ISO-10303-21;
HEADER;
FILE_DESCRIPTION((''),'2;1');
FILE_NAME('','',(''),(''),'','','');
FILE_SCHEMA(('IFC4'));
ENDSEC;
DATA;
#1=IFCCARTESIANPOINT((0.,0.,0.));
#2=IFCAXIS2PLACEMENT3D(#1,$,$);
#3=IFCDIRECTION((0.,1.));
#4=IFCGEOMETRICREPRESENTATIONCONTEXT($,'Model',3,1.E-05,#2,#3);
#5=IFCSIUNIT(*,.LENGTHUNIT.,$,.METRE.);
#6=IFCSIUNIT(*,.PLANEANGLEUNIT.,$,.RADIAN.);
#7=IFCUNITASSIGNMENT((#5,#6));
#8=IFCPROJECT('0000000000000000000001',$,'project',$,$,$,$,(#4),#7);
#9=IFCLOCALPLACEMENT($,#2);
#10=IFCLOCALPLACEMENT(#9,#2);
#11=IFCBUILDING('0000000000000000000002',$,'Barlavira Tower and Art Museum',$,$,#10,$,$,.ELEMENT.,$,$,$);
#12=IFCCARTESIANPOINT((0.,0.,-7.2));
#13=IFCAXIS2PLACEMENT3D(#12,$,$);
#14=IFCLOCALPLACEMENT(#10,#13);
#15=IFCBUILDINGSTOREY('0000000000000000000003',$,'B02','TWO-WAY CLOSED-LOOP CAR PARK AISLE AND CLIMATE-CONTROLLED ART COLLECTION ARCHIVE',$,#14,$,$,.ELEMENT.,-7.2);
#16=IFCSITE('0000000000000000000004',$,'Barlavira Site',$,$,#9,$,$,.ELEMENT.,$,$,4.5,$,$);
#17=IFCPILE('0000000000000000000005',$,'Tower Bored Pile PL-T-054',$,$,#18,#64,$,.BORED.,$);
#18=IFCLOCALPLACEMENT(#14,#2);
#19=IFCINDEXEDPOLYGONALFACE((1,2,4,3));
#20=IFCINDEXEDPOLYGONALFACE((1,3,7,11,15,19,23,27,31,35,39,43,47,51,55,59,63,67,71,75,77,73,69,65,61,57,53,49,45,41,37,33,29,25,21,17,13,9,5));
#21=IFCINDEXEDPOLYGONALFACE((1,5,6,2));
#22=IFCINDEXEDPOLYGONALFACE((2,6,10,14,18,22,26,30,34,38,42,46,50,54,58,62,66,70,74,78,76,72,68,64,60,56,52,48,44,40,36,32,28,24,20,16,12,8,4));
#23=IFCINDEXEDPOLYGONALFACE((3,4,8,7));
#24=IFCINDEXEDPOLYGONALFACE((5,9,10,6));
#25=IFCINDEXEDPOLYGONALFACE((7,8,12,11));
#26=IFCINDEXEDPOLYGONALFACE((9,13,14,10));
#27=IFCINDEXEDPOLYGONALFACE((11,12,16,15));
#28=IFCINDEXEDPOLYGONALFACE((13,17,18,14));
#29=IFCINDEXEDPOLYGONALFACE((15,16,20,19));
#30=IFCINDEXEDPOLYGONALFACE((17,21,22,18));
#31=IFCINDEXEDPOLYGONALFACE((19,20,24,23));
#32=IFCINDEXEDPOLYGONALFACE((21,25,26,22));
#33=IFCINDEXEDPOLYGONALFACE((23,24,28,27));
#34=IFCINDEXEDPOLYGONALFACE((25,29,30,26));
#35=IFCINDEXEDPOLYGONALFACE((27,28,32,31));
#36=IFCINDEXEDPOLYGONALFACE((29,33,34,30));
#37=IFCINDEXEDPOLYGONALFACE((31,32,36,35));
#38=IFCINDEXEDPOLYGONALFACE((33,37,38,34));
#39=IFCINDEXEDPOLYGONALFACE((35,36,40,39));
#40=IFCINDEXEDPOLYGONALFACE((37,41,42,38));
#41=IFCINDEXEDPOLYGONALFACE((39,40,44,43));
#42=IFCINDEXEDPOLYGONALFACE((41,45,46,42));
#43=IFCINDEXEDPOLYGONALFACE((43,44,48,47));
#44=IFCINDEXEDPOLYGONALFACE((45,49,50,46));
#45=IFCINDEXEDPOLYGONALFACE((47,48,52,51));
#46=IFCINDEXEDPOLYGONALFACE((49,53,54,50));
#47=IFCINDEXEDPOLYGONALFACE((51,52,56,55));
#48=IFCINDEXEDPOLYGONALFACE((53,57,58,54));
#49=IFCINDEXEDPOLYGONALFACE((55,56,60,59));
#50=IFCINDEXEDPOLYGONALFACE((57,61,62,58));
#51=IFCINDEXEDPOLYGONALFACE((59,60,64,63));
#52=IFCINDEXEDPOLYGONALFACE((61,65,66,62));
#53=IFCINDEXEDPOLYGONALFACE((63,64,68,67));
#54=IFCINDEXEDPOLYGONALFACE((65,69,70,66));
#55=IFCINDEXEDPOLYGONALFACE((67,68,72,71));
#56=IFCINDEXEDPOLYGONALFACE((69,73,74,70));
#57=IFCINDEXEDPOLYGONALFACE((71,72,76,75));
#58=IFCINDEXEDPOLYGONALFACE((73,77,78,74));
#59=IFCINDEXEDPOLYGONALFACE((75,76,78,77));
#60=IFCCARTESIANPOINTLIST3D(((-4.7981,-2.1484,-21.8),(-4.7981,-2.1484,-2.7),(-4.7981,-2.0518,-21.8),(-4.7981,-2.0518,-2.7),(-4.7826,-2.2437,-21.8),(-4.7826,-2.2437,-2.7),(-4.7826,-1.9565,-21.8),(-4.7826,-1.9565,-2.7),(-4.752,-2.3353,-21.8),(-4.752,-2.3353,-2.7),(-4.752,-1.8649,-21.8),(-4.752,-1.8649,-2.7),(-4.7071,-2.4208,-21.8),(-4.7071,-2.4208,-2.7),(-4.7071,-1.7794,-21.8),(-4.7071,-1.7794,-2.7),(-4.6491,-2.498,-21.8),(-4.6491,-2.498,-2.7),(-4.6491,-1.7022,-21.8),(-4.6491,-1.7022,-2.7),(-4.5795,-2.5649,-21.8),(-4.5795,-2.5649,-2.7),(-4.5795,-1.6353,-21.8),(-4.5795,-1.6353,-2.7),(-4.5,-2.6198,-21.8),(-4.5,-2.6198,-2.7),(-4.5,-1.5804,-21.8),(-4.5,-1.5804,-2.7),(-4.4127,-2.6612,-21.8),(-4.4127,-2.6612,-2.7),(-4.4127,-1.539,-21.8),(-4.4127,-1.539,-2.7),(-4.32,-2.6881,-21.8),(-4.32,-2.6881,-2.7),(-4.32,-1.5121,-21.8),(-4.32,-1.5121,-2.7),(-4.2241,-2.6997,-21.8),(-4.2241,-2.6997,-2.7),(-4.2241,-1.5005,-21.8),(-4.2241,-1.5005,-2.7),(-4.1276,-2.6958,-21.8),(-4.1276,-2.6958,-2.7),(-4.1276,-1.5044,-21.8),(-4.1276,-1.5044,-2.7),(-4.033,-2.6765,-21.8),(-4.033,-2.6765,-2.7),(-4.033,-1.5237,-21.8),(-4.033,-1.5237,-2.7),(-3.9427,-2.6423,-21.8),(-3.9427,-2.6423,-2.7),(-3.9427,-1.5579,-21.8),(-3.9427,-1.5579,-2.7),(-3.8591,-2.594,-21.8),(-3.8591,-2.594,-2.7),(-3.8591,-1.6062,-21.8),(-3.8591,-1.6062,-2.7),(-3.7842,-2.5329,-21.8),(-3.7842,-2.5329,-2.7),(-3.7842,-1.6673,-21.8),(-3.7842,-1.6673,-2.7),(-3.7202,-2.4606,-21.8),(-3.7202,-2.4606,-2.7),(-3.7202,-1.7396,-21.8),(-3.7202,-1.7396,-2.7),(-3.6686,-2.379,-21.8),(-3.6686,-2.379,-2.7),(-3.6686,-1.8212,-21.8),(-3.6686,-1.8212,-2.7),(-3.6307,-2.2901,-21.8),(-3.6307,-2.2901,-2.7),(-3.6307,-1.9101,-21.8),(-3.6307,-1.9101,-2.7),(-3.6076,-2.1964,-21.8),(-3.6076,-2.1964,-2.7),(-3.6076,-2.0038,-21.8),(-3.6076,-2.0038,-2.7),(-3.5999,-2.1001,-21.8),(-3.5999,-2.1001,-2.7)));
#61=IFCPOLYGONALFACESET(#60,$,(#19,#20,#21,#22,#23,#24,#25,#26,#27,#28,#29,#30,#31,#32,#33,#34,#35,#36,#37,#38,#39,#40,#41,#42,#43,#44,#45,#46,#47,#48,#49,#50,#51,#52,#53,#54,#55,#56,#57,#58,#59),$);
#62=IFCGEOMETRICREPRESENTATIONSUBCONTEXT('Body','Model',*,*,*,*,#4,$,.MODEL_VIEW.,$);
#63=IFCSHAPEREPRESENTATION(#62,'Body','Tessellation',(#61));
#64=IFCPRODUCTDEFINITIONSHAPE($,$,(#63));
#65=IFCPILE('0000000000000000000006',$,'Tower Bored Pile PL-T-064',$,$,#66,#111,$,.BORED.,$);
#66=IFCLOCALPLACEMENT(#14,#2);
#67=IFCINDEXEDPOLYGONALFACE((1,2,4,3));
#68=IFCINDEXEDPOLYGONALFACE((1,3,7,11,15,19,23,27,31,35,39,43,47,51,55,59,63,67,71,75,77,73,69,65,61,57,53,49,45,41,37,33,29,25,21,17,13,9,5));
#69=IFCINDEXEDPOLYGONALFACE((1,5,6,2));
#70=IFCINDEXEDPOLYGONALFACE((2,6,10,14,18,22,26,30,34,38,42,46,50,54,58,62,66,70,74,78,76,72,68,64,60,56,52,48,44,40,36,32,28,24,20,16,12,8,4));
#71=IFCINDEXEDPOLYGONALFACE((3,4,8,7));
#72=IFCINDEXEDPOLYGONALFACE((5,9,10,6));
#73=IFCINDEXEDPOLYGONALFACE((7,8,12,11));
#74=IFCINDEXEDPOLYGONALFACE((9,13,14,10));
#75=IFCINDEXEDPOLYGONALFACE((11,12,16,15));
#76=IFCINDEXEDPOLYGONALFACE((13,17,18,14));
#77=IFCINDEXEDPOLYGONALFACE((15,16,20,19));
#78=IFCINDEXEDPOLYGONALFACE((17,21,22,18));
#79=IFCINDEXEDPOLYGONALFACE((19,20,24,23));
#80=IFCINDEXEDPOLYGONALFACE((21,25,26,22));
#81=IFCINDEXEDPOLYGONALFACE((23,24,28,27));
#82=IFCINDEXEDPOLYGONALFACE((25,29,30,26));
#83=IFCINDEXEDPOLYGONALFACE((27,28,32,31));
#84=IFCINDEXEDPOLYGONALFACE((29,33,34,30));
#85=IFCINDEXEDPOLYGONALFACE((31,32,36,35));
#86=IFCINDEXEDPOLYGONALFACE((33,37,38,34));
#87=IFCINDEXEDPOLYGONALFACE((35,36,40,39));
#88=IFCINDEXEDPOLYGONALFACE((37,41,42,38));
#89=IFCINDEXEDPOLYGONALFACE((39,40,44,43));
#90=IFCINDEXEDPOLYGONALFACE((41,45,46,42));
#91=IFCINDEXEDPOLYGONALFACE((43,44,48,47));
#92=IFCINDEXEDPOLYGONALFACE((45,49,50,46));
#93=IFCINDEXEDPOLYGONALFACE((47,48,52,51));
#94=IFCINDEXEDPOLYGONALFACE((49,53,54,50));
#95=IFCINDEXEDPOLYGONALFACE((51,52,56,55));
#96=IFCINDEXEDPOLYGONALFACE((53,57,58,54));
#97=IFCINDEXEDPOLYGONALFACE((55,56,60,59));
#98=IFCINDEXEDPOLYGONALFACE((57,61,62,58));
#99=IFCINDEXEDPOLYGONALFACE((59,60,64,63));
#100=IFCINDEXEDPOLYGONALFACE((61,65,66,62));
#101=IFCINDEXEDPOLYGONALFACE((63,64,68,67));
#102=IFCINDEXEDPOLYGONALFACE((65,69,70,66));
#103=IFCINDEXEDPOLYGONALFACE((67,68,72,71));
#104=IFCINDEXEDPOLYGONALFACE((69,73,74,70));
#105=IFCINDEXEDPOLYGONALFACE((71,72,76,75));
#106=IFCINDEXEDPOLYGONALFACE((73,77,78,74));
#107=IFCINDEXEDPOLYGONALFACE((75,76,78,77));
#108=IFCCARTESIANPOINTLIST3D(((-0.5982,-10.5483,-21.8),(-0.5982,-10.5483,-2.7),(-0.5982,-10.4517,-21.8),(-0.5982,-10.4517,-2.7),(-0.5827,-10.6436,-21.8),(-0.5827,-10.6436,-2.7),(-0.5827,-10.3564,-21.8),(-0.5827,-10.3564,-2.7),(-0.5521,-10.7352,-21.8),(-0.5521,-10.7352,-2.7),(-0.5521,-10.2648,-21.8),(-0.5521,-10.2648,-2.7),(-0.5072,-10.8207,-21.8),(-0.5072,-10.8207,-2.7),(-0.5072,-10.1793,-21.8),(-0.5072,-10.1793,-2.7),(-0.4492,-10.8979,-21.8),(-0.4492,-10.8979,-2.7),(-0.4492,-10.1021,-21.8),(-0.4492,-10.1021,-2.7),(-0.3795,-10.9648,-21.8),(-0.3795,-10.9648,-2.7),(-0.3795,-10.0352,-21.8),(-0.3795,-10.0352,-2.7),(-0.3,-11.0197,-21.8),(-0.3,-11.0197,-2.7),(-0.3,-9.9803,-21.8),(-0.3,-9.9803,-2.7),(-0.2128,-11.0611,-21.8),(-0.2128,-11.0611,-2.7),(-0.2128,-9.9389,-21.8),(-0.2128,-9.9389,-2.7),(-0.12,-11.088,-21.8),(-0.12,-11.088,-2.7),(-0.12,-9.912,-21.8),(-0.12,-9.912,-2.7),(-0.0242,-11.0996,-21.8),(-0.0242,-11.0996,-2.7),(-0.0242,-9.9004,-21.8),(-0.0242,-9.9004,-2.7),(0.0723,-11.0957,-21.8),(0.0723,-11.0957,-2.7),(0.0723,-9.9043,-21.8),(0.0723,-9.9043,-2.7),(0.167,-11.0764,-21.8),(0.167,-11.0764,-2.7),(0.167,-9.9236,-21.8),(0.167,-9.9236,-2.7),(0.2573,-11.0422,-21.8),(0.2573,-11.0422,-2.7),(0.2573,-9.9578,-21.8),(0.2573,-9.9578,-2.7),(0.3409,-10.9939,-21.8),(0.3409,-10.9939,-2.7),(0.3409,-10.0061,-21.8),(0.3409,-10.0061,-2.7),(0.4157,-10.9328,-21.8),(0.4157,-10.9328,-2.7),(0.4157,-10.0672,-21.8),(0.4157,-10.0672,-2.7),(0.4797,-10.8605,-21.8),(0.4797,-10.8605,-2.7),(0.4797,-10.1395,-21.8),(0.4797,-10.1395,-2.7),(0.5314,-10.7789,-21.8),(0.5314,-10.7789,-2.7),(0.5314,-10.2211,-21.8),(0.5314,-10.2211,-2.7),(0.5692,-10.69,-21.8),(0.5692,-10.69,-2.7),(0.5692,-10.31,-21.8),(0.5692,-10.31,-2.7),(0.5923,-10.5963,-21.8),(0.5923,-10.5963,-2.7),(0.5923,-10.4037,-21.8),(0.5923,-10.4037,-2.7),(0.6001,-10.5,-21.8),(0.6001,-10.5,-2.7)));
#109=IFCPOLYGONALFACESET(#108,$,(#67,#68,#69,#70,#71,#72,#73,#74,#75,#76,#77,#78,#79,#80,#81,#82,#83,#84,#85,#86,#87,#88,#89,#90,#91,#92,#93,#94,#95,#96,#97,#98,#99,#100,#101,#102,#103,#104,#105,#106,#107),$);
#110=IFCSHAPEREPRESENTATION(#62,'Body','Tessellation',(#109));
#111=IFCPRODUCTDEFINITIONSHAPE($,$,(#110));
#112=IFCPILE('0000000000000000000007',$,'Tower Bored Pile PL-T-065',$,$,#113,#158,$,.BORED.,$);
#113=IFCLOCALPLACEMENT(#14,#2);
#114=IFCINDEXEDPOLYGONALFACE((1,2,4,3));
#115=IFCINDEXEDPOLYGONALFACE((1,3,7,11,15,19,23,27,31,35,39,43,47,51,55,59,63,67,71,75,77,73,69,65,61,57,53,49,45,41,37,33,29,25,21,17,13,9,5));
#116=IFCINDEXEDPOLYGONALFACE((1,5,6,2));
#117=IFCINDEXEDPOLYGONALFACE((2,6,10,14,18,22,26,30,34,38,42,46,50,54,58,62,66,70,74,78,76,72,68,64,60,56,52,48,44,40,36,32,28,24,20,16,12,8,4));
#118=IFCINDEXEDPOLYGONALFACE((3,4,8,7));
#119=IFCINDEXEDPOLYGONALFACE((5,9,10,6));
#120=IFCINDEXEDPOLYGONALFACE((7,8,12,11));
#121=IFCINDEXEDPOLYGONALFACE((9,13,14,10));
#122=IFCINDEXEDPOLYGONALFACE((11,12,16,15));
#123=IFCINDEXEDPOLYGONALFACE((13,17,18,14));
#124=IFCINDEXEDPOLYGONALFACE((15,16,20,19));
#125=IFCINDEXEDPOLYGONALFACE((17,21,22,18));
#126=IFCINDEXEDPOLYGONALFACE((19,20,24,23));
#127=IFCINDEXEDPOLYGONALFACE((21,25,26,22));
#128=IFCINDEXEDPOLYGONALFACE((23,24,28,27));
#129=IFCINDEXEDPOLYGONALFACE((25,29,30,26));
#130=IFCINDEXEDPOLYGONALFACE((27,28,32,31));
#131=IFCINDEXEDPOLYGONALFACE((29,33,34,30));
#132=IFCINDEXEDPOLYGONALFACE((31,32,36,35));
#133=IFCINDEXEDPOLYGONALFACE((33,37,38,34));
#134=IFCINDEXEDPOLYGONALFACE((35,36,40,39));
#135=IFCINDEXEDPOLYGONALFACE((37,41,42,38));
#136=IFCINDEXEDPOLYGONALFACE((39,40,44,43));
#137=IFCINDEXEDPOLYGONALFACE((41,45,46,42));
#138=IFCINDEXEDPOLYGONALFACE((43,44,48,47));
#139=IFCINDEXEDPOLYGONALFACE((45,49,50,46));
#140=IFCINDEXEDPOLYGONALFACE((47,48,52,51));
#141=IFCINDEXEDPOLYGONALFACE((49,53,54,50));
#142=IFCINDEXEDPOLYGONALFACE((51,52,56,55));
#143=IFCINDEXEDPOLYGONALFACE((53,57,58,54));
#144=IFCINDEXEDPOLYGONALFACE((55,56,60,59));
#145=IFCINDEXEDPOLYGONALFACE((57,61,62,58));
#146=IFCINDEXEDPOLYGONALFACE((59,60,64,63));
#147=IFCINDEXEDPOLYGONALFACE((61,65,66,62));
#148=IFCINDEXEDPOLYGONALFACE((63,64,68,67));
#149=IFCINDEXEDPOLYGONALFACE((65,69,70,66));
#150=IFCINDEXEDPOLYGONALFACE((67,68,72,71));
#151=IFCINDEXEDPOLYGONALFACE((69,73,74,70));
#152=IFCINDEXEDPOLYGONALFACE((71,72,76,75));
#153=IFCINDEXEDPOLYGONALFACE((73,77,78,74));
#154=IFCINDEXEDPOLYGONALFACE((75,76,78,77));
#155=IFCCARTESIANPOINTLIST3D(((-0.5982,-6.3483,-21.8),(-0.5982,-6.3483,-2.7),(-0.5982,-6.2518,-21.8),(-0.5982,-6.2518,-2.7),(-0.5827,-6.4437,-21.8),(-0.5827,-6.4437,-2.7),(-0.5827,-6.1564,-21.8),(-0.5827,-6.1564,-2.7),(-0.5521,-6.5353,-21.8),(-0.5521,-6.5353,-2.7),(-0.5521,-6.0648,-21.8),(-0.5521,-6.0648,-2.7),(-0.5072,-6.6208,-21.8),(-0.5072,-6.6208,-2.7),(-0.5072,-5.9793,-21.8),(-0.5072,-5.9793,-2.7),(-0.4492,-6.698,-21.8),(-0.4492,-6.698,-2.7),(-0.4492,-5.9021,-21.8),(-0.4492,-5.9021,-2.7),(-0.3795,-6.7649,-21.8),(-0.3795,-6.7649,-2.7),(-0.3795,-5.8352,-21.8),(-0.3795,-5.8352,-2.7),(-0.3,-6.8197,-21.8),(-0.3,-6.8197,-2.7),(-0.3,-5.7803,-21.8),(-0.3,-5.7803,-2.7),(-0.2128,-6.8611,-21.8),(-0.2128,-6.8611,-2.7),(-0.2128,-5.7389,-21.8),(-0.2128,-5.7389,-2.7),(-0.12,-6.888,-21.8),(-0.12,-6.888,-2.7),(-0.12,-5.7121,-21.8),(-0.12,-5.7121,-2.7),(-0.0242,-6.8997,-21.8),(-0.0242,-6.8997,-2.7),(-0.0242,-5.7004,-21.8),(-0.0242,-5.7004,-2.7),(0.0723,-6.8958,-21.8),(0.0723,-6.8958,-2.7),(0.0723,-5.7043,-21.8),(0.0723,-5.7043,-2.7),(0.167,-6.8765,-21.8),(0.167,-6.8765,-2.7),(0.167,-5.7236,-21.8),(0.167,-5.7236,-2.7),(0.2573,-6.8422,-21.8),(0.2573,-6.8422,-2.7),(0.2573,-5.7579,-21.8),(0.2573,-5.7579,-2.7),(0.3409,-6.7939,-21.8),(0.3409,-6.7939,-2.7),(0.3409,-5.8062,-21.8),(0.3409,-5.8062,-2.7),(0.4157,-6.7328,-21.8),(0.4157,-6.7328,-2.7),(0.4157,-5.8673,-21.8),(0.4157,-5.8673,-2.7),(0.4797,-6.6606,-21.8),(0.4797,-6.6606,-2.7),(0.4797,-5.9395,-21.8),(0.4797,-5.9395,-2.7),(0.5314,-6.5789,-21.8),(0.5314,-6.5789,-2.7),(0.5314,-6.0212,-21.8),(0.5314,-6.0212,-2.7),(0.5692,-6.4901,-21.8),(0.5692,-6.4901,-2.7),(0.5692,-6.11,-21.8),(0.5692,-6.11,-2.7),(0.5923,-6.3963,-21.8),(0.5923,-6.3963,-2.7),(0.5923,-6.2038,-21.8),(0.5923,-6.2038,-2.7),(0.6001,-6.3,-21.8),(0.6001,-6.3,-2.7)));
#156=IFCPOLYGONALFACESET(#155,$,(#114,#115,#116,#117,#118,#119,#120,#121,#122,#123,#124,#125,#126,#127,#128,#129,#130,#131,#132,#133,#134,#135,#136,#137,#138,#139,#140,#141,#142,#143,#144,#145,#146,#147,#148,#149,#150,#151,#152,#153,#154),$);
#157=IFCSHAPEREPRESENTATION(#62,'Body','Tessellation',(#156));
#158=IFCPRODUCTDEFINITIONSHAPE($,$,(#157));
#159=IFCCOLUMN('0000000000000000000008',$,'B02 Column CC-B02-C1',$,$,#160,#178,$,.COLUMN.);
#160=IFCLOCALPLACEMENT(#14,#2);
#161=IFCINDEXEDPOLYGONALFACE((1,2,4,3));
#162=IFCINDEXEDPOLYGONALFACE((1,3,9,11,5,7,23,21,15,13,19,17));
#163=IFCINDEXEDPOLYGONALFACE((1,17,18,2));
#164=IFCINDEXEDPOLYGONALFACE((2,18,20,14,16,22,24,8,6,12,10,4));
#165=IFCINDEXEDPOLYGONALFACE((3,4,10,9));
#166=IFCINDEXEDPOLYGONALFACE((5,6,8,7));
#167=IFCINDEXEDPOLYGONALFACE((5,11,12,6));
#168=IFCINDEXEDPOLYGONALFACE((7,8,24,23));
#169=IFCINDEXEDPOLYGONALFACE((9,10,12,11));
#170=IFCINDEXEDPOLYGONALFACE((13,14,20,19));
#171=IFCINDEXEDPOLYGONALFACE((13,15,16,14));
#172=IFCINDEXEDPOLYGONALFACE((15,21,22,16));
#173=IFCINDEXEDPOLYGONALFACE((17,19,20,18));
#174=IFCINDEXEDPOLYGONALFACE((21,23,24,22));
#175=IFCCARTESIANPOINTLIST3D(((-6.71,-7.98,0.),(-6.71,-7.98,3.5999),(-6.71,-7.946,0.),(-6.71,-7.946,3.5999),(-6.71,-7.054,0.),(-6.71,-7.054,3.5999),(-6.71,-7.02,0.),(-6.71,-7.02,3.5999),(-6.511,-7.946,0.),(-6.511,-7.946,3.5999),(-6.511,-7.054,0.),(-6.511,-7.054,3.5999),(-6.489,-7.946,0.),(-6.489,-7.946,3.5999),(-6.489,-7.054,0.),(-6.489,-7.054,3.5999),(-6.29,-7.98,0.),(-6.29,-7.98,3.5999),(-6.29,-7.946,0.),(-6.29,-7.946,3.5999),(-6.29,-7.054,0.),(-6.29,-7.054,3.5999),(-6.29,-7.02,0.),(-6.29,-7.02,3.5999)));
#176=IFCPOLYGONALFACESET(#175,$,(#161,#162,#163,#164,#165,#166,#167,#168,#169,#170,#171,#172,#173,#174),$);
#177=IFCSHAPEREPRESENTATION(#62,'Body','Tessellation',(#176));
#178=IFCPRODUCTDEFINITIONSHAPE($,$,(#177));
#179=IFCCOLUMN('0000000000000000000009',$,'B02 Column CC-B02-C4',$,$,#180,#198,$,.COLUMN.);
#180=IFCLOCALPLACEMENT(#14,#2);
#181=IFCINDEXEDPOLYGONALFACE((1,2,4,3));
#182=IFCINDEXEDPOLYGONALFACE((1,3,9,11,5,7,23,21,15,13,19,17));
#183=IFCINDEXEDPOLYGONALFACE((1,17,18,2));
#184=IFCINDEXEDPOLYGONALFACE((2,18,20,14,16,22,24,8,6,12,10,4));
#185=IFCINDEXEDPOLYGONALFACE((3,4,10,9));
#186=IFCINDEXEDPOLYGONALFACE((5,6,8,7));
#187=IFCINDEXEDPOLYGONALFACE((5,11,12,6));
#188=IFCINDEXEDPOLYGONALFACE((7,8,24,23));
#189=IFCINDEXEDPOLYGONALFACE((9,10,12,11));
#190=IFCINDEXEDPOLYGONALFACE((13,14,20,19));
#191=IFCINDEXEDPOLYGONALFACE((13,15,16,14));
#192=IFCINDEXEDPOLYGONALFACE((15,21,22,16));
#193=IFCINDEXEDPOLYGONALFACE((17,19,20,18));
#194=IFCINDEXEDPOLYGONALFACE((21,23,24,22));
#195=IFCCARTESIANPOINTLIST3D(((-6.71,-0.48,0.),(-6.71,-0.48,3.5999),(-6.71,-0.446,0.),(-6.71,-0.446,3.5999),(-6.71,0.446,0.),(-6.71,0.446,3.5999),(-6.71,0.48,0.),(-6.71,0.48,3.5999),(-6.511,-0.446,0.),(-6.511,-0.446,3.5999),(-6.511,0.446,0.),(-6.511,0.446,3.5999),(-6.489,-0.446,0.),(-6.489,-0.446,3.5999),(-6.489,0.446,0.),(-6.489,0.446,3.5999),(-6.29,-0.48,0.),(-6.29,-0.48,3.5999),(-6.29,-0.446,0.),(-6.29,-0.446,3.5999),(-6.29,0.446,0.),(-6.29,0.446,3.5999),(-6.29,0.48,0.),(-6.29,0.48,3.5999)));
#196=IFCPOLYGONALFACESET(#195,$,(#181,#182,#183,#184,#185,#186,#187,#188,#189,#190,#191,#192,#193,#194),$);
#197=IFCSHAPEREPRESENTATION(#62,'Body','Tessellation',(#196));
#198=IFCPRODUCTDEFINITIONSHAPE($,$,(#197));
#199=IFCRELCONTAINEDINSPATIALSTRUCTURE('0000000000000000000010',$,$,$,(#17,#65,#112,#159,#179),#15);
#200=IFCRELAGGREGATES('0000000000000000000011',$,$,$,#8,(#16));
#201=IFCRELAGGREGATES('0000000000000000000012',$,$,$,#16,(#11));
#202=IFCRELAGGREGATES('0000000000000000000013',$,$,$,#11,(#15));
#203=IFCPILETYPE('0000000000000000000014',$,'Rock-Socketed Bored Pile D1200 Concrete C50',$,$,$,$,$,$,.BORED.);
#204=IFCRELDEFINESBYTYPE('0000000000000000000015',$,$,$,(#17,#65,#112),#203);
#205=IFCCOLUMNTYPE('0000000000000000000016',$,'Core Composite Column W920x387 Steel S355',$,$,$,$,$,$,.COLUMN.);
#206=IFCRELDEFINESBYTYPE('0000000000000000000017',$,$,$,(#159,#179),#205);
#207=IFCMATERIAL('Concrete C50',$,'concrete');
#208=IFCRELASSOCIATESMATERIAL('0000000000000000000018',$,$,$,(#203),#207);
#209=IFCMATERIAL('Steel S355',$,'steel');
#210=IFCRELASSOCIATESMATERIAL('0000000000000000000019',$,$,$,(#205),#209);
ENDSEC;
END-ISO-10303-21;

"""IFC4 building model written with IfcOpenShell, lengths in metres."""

from ifc_helpers import new_model, si_unit, direction, frame, origin, origin_2d, place, context, subcontext, project, spatial, circle, i_section, extrude, material, material_profile, profile_set, type_object, element, save


model = new_model("IFC4")

# Units and contexts
model_context = context("Model", 3, precision=1e-05, world=origin(), true_north=direction((0.0, 1.0)))
body_context = subcontext(model_context, "Body", "Model", "MODEL_VIEW")
ifc_project = project(units=[si_unit("LENGTHUNIT", "METRE"), si_unit("PLANEANGLEUNIT", "RADIAN")], contexts=[model_context])

# Site, building, storey
site_placement = place(None, origin())
site = spatial("IfcSite", under=ifc_project, at=site_placement, Name="Barlavira Site", CompositionType="ELEMENT", RefElevation=4.5)
building_placement = place(site_placement, origin())
building = spatial("IfcBuilding", under=site, at=building_placement, Name="Barlavira Tower and Art Museum", CompositionType="ELEMENT")
storey_placement = place(building_placement, frame((0.0, 0.0, -7.2)))
storey = spatial("IfcBuildingStorey", under=building, at=storey_placement, Name="B02", Description="TWO-WAY CLOSED-LOOP CAR PARK AISLE AND CLIMATE-CONTROLLED ART COLLECTION ARCHIVE", CompositionType="ELEMENT", Elevation=-7.2)

# Piles
ifc_material_1 = material(Name="Concrete C50", Category="concrete")
ifc_material_profile_1 = material_profile(ifc_material_1, circle(Radius=0.6001, at=origin_2d()), Name="BORED PILE D1200")
ifc_profile_set_1 = profile_set([ifc_material_profile_1], Name="Concrete C50")
pile_type = type_object("IfcPileType", Name="Rock-Socketed Bored Pile D1200 Concrete C50", PredefinedType="BORED", material=ifc_profile_set_1)
for number, where, z_axis, x_axis, name in (
    (1, (-4.2, -2.1001, -2.7), (0.0, 0.0, -1.0), (1.0, 0.0, 0.0), "Tower Bored Pile PL-T-054"),
    (2, (0.0, -10.5, -2.7), (0.0, 0.0, -1.0), (1.0, 0.0, 0.0), "Tower Bored Pile PL-T-064"),
    (3, (0.0, -6.3, -2.7), (0.0, 0.0, -1.0), (1.0, 0.0, 0.0), "Tower Bored Pile PL-T-065"),
):
    element("IfcPile", number, at=place(storey_placement, frame(where, z_axis=z_axis, x_axis=x_axis)), inside=storey, type_object=pile_type, Name=name, PredefinedType="BORED", context=body_context, shape_type="SweptSolid", body=[
        extrude(circle(Radius=0.6001, at=origin_2d()), origin(), (0.0, 0.0, 1.0), 19.1001),
    ])

# Columns
ifc_material_2 = material(Name="Steel S355", Category="steel")
ifc_material_profile_2 = material_profile(ifc_material_2, i_section(OverallWidth=0.4199, OverallDepth=0.96, WebThickness=0.022, FlangeThickness=0.0339, at=origin_2d()), Name="W920x387.0")
ifc_profile_set_2 = profile_set([ifc_material_profile_2], Name="Steel S355")
column_type_1 = type_object("IfcColumnType", Name="Core Composite Column W920x387 Steel S355", PredefinedType="COLUMN", material=ifc_profile_set_2)
for number, where, z_axis, x_axis, name in (
    (4, (-6.5, -7.5, 0.0), (0.0, 0.0, 1.0), (1.0, 0.0, 0.0), "B02 Column CC-B02-C1"),
    (5, (-6.5, 0.0, 0.0), (0.0, 0.0, 1.0), (1.0, 0.0, 0.0), "B02 Column CC-B02-C4"),
):
    element("IfcColumn", number, at=place(storey_placement, frame(where, z_axis=z_axis, x_axis=x_axis)), inside=storey, type_object=column_type_1, Name=name, PredefinedType="COLUMN", context=body_context, shape_type="SweptSolid", body=[
        extrude(i_section(OverallWidth=0.4199, OverallDepth=0.96, WebThickness=0.022, FlangeThickness=0.0339, at=origin_2d()), origin(), (0.0, 0.0, 1.0), 3.5999),
    ])

save(model, "model.ifc")
